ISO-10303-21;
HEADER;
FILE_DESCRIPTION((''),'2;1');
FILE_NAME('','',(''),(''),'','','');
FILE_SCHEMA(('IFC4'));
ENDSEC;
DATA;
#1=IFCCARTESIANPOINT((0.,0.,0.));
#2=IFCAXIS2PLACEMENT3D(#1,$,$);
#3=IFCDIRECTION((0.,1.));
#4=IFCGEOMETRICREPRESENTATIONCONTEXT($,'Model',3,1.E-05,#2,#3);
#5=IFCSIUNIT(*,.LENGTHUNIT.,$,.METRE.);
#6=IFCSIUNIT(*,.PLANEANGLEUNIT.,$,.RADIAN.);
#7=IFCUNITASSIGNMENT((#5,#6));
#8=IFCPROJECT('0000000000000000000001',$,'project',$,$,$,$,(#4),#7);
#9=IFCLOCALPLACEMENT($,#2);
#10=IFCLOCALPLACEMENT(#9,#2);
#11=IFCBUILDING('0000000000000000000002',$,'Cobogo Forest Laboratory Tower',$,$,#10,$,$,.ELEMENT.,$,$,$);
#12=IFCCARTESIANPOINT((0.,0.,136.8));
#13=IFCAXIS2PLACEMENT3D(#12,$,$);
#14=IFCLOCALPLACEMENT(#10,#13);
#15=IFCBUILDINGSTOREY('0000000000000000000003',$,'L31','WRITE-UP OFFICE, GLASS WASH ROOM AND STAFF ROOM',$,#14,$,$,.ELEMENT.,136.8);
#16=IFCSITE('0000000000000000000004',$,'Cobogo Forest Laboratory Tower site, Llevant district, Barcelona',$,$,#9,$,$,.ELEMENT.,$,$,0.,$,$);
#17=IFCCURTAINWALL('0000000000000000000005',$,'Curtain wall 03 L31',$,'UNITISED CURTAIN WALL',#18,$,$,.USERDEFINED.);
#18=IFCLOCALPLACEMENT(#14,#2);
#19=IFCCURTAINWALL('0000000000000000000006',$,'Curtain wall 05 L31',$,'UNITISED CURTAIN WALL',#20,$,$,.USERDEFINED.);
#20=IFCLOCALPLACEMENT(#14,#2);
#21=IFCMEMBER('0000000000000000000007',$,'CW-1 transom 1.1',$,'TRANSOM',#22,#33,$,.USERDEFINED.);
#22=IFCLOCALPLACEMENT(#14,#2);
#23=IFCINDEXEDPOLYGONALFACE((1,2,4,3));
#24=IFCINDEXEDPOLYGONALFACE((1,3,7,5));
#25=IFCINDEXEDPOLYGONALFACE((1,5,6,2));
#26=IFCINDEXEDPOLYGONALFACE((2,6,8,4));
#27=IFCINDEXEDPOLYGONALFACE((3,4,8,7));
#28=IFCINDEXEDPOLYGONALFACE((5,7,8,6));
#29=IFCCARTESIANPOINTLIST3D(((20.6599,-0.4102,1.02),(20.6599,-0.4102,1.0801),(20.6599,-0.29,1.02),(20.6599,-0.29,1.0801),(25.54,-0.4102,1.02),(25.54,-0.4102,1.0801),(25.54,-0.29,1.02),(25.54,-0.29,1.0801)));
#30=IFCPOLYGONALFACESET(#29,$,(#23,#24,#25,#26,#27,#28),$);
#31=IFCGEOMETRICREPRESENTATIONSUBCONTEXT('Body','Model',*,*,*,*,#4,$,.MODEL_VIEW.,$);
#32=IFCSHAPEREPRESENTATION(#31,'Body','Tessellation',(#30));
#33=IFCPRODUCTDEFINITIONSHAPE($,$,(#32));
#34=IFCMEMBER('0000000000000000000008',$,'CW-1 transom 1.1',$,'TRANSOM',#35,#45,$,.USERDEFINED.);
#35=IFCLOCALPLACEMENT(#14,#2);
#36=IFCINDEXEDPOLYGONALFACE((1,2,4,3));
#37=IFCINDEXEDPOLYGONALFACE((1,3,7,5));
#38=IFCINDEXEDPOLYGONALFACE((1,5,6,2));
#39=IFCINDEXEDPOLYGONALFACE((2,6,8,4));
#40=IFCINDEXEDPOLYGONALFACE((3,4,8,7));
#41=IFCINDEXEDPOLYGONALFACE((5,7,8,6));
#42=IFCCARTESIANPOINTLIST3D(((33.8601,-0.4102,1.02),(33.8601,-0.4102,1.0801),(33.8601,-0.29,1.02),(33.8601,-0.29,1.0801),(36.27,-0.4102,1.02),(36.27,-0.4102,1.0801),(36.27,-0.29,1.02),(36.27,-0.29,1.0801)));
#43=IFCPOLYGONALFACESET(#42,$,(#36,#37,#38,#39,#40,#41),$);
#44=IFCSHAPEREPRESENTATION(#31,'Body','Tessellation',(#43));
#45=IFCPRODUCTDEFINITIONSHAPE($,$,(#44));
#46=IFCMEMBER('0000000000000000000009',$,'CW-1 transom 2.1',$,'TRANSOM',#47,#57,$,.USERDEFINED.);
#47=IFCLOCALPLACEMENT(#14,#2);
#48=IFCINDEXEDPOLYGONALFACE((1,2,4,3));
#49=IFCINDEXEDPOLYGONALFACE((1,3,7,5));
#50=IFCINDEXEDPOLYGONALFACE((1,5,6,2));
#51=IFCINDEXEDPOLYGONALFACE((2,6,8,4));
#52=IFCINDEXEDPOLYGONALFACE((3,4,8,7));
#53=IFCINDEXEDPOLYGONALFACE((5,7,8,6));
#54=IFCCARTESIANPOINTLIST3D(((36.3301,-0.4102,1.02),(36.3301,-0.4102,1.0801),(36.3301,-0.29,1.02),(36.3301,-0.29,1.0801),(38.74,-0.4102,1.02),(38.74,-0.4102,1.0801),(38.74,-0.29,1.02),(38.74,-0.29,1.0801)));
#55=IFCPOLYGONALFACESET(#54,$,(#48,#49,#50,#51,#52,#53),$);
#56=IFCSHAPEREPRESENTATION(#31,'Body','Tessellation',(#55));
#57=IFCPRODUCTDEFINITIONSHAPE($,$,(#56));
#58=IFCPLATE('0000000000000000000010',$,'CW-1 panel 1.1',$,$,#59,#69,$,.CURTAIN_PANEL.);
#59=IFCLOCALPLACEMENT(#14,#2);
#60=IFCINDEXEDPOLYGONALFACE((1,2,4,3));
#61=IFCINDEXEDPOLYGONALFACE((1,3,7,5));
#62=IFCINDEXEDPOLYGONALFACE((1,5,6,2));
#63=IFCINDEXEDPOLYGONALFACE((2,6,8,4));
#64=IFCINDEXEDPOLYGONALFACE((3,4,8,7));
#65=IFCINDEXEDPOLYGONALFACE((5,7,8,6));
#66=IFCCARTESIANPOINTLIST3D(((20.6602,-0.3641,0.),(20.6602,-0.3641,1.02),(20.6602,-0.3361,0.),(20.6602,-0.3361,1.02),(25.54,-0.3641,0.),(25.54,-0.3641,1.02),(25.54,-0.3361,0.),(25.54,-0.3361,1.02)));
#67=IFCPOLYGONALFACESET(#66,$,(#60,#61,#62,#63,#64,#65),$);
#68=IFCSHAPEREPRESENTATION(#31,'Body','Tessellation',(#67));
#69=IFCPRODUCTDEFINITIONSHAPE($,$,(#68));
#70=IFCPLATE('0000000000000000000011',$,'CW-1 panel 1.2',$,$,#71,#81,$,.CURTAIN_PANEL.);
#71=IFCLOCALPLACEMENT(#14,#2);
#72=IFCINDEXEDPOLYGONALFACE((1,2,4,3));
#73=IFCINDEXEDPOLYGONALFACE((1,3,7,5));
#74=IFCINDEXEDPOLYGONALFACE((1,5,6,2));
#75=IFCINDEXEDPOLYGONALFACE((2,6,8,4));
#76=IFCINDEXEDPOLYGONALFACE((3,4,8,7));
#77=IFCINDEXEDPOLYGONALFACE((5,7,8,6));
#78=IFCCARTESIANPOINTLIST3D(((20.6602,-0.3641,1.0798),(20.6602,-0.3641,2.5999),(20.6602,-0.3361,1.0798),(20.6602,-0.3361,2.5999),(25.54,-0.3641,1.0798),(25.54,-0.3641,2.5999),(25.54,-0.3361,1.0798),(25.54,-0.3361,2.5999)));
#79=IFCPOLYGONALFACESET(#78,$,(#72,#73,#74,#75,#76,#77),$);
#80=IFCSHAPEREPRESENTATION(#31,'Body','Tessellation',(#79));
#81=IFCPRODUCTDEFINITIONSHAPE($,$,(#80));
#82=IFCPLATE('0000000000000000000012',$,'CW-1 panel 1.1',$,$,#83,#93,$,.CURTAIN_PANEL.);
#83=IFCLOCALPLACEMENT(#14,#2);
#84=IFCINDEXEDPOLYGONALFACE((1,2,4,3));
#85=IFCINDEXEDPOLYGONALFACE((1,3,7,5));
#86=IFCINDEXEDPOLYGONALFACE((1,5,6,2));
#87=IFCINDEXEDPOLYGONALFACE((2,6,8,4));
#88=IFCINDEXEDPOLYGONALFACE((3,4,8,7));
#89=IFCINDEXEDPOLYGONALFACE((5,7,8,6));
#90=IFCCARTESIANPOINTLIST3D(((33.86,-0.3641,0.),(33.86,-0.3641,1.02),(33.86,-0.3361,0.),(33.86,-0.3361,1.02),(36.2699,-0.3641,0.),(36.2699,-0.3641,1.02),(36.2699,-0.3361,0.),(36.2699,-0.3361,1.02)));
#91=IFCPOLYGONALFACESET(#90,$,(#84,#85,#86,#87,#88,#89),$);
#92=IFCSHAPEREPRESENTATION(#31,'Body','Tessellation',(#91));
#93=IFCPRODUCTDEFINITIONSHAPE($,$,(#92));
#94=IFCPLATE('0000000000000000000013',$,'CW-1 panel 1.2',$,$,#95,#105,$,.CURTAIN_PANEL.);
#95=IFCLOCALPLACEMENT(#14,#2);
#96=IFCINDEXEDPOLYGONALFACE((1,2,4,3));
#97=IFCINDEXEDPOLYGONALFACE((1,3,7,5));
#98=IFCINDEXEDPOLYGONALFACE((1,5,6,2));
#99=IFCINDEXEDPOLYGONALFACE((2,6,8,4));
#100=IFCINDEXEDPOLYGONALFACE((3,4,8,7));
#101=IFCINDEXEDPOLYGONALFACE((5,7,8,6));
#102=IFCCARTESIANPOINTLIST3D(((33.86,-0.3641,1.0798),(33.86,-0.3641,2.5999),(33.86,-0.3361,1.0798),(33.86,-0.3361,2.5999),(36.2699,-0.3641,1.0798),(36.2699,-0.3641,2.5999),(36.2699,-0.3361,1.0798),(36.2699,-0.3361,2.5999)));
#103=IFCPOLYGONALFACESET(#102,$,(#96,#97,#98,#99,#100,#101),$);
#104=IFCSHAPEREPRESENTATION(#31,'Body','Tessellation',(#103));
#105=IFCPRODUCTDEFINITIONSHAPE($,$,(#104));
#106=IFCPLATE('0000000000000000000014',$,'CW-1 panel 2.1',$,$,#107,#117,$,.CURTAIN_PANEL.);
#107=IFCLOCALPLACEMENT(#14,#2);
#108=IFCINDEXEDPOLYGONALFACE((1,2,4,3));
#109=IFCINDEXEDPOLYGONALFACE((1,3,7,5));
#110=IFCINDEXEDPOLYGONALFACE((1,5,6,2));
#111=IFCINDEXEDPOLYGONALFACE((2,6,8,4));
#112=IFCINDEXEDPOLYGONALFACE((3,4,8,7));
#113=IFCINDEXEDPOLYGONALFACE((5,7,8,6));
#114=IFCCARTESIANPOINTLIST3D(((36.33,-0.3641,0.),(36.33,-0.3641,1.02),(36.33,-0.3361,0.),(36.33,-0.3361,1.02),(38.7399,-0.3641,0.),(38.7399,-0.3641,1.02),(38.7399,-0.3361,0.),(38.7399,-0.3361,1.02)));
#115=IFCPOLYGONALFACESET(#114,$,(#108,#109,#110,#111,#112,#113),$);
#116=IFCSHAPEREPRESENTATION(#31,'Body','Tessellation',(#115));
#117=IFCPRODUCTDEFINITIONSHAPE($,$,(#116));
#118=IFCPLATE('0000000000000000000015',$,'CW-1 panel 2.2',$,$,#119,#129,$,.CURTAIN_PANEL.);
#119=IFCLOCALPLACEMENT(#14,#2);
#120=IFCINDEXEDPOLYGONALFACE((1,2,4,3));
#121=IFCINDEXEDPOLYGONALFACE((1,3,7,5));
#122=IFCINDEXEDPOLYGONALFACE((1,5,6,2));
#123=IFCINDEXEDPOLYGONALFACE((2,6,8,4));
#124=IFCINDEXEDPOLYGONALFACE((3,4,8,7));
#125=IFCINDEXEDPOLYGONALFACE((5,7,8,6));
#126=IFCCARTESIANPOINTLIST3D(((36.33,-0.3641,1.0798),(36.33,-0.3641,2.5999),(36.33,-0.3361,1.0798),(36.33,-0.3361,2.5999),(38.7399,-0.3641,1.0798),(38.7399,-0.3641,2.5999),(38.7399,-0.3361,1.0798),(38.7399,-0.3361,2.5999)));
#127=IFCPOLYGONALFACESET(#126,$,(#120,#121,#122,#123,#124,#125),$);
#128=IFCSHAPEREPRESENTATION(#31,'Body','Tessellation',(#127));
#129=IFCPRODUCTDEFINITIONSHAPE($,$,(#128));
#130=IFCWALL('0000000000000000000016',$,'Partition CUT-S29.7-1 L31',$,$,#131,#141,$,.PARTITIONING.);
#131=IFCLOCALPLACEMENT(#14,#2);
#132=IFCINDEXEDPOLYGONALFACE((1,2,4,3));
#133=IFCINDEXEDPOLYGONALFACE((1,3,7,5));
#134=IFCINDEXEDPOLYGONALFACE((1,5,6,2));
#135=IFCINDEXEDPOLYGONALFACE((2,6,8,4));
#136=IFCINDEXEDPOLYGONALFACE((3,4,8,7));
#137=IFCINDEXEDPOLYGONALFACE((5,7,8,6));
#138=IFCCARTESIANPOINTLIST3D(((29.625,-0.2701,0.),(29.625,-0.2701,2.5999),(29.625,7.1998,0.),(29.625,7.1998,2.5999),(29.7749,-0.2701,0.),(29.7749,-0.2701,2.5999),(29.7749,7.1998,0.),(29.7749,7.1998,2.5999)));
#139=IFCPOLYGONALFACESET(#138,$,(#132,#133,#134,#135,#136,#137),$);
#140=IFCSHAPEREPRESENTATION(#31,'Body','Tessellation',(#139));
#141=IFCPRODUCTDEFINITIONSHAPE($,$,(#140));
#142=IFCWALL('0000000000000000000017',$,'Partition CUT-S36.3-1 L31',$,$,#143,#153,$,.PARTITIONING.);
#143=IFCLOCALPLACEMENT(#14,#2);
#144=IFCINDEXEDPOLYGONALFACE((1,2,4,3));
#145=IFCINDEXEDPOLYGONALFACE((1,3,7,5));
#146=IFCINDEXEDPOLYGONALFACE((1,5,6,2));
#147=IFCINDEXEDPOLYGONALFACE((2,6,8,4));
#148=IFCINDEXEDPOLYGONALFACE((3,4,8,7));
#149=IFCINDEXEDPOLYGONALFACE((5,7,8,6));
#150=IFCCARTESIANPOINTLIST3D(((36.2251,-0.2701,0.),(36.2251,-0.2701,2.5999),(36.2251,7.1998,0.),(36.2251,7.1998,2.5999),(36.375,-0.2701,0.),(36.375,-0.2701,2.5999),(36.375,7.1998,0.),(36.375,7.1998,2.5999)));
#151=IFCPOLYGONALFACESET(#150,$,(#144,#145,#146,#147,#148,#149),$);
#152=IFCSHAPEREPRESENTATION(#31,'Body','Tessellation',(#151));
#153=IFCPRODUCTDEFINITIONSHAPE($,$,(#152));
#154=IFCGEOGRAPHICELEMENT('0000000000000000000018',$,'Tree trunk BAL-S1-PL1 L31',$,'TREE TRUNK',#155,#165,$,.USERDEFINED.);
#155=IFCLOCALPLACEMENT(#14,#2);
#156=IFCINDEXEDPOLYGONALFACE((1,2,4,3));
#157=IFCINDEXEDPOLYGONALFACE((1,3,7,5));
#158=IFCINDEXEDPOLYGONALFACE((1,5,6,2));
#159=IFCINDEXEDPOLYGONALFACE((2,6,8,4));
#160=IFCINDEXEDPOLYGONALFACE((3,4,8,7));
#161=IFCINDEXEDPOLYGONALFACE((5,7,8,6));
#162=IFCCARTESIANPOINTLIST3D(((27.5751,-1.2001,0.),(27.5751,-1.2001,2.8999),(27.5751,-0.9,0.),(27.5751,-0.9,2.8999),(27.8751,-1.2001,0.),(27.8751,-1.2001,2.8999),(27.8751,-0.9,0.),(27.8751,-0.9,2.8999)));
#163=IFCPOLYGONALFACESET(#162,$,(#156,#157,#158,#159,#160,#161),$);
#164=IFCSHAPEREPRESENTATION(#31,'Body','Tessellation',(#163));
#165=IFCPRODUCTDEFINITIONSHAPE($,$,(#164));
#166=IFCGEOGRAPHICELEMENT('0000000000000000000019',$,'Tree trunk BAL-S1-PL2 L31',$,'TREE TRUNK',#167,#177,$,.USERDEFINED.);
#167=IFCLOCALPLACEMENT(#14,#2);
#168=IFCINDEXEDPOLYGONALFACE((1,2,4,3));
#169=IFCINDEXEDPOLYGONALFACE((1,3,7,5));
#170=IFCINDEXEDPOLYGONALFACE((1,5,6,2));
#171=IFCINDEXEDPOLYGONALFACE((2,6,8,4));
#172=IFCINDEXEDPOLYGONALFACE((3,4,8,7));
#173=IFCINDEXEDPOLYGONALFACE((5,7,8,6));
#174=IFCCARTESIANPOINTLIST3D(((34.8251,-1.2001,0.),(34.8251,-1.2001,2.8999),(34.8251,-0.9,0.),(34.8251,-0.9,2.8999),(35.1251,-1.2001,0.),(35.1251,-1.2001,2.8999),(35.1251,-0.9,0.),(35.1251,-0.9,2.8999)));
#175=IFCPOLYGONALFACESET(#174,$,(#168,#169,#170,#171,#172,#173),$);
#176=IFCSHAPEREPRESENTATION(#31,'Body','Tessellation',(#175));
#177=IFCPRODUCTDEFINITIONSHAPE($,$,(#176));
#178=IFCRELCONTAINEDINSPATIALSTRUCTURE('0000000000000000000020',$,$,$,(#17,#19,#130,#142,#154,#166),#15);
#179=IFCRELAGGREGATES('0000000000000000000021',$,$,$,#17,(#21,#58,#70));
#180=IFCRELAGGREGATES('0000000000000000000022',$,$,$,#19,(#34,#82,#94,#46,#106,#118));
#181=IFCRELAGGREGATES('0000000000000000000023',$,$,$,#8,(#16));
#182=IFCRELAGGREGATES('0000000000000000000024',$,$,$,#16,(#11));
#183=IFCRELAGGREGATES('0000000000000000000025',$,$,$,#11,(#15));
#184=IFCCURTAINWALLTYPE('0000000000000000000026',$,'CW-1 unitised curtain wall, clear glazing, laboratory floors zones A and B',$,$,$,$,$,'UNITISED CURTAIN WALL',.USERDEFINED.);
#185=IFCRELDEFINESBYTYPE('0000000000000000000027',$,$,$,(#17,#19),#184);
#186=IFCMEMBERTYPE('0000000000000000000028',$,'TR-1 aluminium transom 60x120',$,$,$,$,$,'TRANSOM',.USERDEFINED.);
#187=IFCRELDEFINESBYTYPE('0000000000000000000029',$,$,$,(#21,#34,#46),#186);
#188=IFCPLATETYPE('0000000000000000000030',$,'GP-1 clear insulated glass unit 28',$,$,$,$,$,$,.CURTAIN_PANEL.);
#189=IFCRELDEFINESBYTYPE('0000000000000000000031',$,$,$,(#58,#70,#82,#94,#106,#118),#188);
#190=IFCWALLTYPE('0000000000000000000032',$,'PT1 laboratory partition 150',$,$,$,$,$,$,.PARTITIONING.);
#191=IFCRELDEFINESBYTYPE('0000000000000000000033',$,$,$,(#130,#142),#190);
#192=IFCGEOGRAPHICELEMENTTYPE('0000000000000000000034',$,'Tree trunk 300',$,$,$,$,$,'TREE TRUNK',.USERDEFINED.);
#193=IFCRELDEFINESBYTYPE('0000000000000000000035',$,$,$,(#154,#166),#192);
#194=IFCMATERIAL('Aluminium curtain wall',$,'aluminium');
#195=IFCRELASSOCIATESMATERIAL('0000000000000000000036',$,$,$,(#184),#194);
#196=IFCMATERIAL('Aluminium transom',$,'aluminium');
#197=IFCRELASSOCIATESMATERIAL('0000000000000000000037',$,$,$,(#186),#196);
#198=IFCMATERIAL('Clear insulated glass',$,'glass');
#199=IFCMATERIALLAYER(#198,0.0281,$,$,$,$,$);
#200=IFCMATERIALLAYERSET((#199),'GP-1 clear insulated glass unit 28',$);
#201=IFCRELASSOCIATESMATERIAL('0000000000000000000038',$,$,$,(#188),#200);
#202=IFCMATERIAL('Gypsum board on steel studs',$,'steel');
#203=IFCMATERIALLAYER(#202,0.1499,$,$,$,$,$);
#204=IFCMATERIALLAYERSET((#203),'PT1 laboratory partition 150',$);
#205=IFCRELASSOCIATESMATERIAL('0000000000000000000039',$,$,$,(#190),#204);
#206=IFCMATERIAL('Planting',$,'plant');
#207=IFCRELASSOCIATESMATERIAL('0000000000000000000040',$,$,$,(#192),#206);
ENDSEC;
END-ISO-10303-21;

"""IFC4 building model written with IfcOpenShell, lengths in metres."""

from ifc_helpers import new_model, si_unit, direction, frame, frame_2d, origin, origin_2d, place, context, subcontext, project, spatial, rectangle, extrude, material, layer, layer_set, material_profile, profile_set, type_object, element, aggregate, save


model = new_model("IFC4")

# Units and contexts
model_context = context("Model", 3, precision=1e-05, world=origin(), true_north=direction((0.0, 1.0)))
body_context = subcontext(model_context, "Body", "Model", "MODEL_VIEW")
ifc_project = project(units=[si_unit("LENGTHUNIT", "METRE"), si_unit("PLANEANGLEUNIT", "RADIAN")], contexts=[model_context])

# Site, building, storey
site_placement = place(None, origin())
site = spatial("IfcSite", under=ifc_project, at=site_placement, Name="Cobogo Forest Laboratory Tower site, Llevant district, Barcelona", CompositionType="ELEMENT", RefElevation=0.0)
building_placement = place(site_placement, origin())
building = spatial("IfcBuilding", under=site, at=building_placement, Name="Cobogo Forest Laboratory Tower", CompositionType="ELEMENT")
storey_placement = place(building_placement, frame((0.0, 0.0, 136.8)))
storey = spatial("IfcBuildingStorey", under=building, at=storey_placement, Name="L31", Description="WRITE-UP OFFICE, GLASS WASH ROOM AND STAFF ROOM", CompositionType="ELEMENT", Elevation=136.8)

# Curtain walls
ifc_material_1 = material(Name="Aluminium curtain wall", Category="aluminium")
curtain_wall_type = type_object("IfcCurtainWallType", Name="CW-1 unitised curtain wall, clear glazing, laboratory floors zones A and B", ElementType="UNITISED CURTAIN WALL", PredefinedType="USERDEFINED", material=ifc_material_1)
curtain_wall_1_placement = place(storey_placement, origin())
curtain_wall_1 = element("IfcCurtainWall", 1, at=curtain_wall_1_placement, inside=storey, type_object=curtain_wall_type, Name="Curtain wall 03 L31", ObjectType="UNITISED CURTAIN WALL", PredefinedType="USERDEFINED")
curtain_wall_2_placement = place(storey_placement, origin())
curtain_wall_2 = element("IfcCurtainWall", 2, at=curtain_wall_2_placement, inside=storey, type_object=curtain_wall_type, Name="Curtain wall 05 L31", ObjectType="UNITISED CURTAIN WALL", PredefinedType="USERDEFINED")

# Members
ifc_material_2 = material(Name="Aluminium transom", Category="aluminium")
ifc_material_profile_1 = material_profile(ifc_material_2, rectangle(XDim=0.1201, YDim=0.0601, at=origin_2d()), Name="AL 60x120")
ifc_profile_set_1 = profile_set([ifc_material_profile_1], Name="Aluminium transom")
member_type_1 = type_object("IfcMemberType", Name="TR-1 aluminium transom 60x120", ElementType="TRANSOM", PredefinedType="USERDEFINED", material=ifc_profile_set_1)
member_1_placement = place(storey_placement, frame((20.6599, -0.3501, 1.05), z_axis=(1.0, 0.0, 0.0), x_axis=(0.0, 1.0, 0.0)))
member_1 = element("IfcMember", 3, at=member_1_placement, type_object=member_type_1, Name="CW-1 transom 1.1", ObjectType="TRANSOM", PredefinedType="USERDEFINED", context=body_context, shape_type="SweptSolid", body=[
    extrude(rectangle(XDim=0.1201, YDim=0.0601, at=origin_2d()), origin(), (0.0, 0.0, 1.0), 4.8801),
])
member_2_placement = place(storey_placement, frame((33.8601, -0.3501, 1.05), z_axis=(1.0, 0.0, 0.0), x_axis=(0.0, 1.0, 0.0)))
member_2 = element("IfcMember", 4, at=member_2_placement, type_object=member_type_1, Name="CW-1 transom 1.1", ObjectType="TRANSOM", PredefinedType="USERDEFINED", context=body_context, shape_type="SweptSolid", body=[
    extrude(rectangle(XDim=0.1201, YDim=0.0601, at=origin_2d()), origin(), (0.0, 0.0, 1.0), 2.4099),
])
member_3_placement = place(storey_placement, frame((36.3301, -0.3501, 1.05), z_axis=(1.0, 0.0, 0.0), x_axis=(0.0, 1.0, 0.0)))
member_3 = element("IfcMember", 5, at=member_3_placement, type_object=member_type_1, Name="CW-1 transom 2.1", ObjectType="TRANSOM", PredefinedType="USERDEFINED", context=body_context, shape_type="SweptSolid", body=[
    extrude(rectangle(XDim=0.1201, YDim=0.0601, at=origin_2d()), origin(), (0.0, 0.0, 1.0), 2.4099),
])

# Plates
ifc_material_3 = material(Name="Clear insulated glass", Category="glass")
ifc_layer_1 = layer(ifc_material_3, 0.0281)
ifc_layer_set_1 = layer_set([ifc_layer_1], Name="GP-1 clear insulated glass unit 28")
plate_type_1 = type_object("IfcPlateType", Name="GP-1 clear insulated glass unit 28", PredefinedType="CURTAIN_PANEL", material=ifc_layer_set_1)
plate_1_placement = place(storey_placement, frame((23.1001, -0.3501, 0.0), z_axis=(0.0, 0.0, 1.0), x_axis=(1.0, 0.0, 0.0)))
plate_1 = element("IfcPlate", 6, at=plate_1_placement, type_object=plate_type_1, Name="CW-1 panel 1.1", PredefinedType="CURTAIN_PANEL", context=body_context, shape_type="SweptSolid", body=[
    extrude(rectangle(XDim=4.8799, YDim=0.0281, at=origin_2d()), origin(), (0.0, 0.0, 1.0), 1.02),
])
plate_2_placement = place(storey_placement, frame((23.1001, -0.3501, 1.0798), z_axis=(0.0, 0.0, 1.0), x_axis=(1.0, 0.0, 0.0)))
plate_2 = element("IfcPlate", 7, at=plate_2_placement, type_object=plate_type_1, Name="CW-1 panel 1.2", PredefinedType="CURTAIN_PANEL", context=body_context, shape_type="SweptSolid", body=[
    extrude(rectangle(XDim=4.8799, YDim=0.0281, at=origin_2d()), origin(), (0.0, 0.0, 1.0), 1.52),
])
aggregate(curtain_wall_1, [member_1, plate_1, plate_2])
plate_3_placement = place(storey_placement, frame((35.0649, -0.3501, 0.0), z_axis=(0.0, 0.0, 1.0), x_axis=(1.0, 0.0, 0.0)))
plate_3 = element("IfcPlate", 8, at=plate_3_placement, type_object=plate_type_1, Name="CW-1 panel 1.1", PredefinedType="CURTAIN_PANEL", context=body_context, shape_type="SweptSolid", body=[
    extrude(rectangle(XDim=2.4099, YDim=0.0281, at=origin_2d()), origin(), (0.0, 0.0, 1.0), 1.02),
])
plate_4_placement = place(storey_placement, frame((35.0649, -0.3501, 1.0798), z_axis=(0.0, 0.0, 1.0), x_axis=(1.0, 0.0, 0.0)))
plate_4 = element("IfcPlate", 9, at=plate_4_placement, type_object=plate_type_1, Name="CW-1 panel 1.2", PredefinedType="CURTAIN_PANEL", context=body_context, shape_type="SweptSolid", body=[
    extrude(rectangle(XDim=2.4099, YDim=0.0281, at=origin_2d()), origin(), (0.0, 0.0, 1.0), 1.52),
])
plate_5_placement = place(storey_placement, frame((37.5349, -0.3501, 0.0), z_axis=(0.0, 0.0, 1.0), x_axis=(1.0, 0.0, 0.0)))
plate_5 = element("IfcPlate", 10, at=plate_5_placement, type_object=plate_type_1, Name="CW-1 panel 2.1", PredefinedType="CURTAIN_PANEL", context=body_context, shape_type="SweptSolid", body=[
    extrude(rectangle(XDim=2.4099, YDim=0.0281, at=origin_2d()), origin(), (0.0, 0.0, 1.0), 1.02),
])
plate_6_placement = place(storey_placement, frame((37.5349, -0.3501, 1.0798), z_axis=(0.0, 0.0, 1.0), x_axis=(1.0, 0.0, 0.0)))
plate_6 = element("IfcPlate", 11, at=plate_6_placement, type_object=plate_type_1, Name="CW-1 panel 2.2", PredefinedType="CURTAIN_PANEL", context=body_context, shape_type="SweptSolid", body=[
    extrude(rectangle(XDim=2.4099, YDim=0.0281, at=origin_2d()), origin(), (0.0, 0.0, 1.0), 1.52),
])
aggregate(curtain_wall_2, [member_2, plate_3, plate_4, member_3, plate_5, plate_6])

# Walls
ifc_material_4 = material(Name="Gypsum board on steel studs", Category="steel")
ifc_layer_2 = layer(ifc_material_4, 0.1499)
ifc_layer_set_2 = layer_set([ifc_layer_2], Name="PT1 laboratory partition 150")
wall_type_1 = type_object("IfcWallType", Name="PT1 laboratory partition 150", PredefinedType="PARTITIONING", material=ifc_layer_set_2)
for number, where, z_axis, x_axis, name in (
    (12, (29.7, -0.27, 0.0), (0.0, 0.0, 1.0), (0.0, 1.0, 0.0), "Partition CUT-S29.7-1 L31"),
    (13, (36.3, -0.27, 0.0), (0.0, 0.0, 1.0), (0.0, 1.0, 0.0), "Partition CUT-S36.3-1 L31"),
):
    element("IfcWall", number, at=place(storey_placement, frame(where, z_axis=z_axis, x_axis=x_axis)), inside=storey, type_object=wall_type_1, Name=name, PredefinedType="PARTITIONING", context=body_context, shape_type="SweptSolid", body=[
        extrude(rectangle(XDim=7.47, YDim=0.1499, at=frame_2d((3.7349, 0.0))), origin(), (0.0, 0.0, 1.0), 2.5999),
    ])

# Geographic elements
ifc_material_5 = material(Name="Planting", Category="plant")
geographic_element_type = type_object("IfcGeographicElementType", Name="Tree trunk 300", ElementType="TREE TRUNK", PredefinedType="USERDEFINED", material=ifc_material_5)
for number, where, z_axis, x_axis, name in (
    (14, (27.7251, -1.05, 0.0), (0.0, 0.0, 1.0), (1.0, 0.0, 0.0), "Tree trunk BAL-S1-PL1 L31"),
    (15, (34.9751, -1.05, 0.0), (0.0, 0.0, 1.0), (1.0, 0.0, 0.0), "Tree trunk BAL-S1-PL2 L31"),
):
    element("IfcGeographicElement", number, at=place(storey_placement, frame(where, z_axis=z_axis, x_axis=x_axis)), inside=storey, type_object=geographic_element_type, Name=name, ObjectType="TREE TRUNK", PredefinedType="USERDEFINED", context=body_context, shape_type="SweptSolid", body=[
        extrude(rectangle(XDim=0.3, YDim=0.3, at=origin_2d()), origin(), (0.0, 0.0, 1.0), 2.8999),
    ])

save(model, "model.ifc")
